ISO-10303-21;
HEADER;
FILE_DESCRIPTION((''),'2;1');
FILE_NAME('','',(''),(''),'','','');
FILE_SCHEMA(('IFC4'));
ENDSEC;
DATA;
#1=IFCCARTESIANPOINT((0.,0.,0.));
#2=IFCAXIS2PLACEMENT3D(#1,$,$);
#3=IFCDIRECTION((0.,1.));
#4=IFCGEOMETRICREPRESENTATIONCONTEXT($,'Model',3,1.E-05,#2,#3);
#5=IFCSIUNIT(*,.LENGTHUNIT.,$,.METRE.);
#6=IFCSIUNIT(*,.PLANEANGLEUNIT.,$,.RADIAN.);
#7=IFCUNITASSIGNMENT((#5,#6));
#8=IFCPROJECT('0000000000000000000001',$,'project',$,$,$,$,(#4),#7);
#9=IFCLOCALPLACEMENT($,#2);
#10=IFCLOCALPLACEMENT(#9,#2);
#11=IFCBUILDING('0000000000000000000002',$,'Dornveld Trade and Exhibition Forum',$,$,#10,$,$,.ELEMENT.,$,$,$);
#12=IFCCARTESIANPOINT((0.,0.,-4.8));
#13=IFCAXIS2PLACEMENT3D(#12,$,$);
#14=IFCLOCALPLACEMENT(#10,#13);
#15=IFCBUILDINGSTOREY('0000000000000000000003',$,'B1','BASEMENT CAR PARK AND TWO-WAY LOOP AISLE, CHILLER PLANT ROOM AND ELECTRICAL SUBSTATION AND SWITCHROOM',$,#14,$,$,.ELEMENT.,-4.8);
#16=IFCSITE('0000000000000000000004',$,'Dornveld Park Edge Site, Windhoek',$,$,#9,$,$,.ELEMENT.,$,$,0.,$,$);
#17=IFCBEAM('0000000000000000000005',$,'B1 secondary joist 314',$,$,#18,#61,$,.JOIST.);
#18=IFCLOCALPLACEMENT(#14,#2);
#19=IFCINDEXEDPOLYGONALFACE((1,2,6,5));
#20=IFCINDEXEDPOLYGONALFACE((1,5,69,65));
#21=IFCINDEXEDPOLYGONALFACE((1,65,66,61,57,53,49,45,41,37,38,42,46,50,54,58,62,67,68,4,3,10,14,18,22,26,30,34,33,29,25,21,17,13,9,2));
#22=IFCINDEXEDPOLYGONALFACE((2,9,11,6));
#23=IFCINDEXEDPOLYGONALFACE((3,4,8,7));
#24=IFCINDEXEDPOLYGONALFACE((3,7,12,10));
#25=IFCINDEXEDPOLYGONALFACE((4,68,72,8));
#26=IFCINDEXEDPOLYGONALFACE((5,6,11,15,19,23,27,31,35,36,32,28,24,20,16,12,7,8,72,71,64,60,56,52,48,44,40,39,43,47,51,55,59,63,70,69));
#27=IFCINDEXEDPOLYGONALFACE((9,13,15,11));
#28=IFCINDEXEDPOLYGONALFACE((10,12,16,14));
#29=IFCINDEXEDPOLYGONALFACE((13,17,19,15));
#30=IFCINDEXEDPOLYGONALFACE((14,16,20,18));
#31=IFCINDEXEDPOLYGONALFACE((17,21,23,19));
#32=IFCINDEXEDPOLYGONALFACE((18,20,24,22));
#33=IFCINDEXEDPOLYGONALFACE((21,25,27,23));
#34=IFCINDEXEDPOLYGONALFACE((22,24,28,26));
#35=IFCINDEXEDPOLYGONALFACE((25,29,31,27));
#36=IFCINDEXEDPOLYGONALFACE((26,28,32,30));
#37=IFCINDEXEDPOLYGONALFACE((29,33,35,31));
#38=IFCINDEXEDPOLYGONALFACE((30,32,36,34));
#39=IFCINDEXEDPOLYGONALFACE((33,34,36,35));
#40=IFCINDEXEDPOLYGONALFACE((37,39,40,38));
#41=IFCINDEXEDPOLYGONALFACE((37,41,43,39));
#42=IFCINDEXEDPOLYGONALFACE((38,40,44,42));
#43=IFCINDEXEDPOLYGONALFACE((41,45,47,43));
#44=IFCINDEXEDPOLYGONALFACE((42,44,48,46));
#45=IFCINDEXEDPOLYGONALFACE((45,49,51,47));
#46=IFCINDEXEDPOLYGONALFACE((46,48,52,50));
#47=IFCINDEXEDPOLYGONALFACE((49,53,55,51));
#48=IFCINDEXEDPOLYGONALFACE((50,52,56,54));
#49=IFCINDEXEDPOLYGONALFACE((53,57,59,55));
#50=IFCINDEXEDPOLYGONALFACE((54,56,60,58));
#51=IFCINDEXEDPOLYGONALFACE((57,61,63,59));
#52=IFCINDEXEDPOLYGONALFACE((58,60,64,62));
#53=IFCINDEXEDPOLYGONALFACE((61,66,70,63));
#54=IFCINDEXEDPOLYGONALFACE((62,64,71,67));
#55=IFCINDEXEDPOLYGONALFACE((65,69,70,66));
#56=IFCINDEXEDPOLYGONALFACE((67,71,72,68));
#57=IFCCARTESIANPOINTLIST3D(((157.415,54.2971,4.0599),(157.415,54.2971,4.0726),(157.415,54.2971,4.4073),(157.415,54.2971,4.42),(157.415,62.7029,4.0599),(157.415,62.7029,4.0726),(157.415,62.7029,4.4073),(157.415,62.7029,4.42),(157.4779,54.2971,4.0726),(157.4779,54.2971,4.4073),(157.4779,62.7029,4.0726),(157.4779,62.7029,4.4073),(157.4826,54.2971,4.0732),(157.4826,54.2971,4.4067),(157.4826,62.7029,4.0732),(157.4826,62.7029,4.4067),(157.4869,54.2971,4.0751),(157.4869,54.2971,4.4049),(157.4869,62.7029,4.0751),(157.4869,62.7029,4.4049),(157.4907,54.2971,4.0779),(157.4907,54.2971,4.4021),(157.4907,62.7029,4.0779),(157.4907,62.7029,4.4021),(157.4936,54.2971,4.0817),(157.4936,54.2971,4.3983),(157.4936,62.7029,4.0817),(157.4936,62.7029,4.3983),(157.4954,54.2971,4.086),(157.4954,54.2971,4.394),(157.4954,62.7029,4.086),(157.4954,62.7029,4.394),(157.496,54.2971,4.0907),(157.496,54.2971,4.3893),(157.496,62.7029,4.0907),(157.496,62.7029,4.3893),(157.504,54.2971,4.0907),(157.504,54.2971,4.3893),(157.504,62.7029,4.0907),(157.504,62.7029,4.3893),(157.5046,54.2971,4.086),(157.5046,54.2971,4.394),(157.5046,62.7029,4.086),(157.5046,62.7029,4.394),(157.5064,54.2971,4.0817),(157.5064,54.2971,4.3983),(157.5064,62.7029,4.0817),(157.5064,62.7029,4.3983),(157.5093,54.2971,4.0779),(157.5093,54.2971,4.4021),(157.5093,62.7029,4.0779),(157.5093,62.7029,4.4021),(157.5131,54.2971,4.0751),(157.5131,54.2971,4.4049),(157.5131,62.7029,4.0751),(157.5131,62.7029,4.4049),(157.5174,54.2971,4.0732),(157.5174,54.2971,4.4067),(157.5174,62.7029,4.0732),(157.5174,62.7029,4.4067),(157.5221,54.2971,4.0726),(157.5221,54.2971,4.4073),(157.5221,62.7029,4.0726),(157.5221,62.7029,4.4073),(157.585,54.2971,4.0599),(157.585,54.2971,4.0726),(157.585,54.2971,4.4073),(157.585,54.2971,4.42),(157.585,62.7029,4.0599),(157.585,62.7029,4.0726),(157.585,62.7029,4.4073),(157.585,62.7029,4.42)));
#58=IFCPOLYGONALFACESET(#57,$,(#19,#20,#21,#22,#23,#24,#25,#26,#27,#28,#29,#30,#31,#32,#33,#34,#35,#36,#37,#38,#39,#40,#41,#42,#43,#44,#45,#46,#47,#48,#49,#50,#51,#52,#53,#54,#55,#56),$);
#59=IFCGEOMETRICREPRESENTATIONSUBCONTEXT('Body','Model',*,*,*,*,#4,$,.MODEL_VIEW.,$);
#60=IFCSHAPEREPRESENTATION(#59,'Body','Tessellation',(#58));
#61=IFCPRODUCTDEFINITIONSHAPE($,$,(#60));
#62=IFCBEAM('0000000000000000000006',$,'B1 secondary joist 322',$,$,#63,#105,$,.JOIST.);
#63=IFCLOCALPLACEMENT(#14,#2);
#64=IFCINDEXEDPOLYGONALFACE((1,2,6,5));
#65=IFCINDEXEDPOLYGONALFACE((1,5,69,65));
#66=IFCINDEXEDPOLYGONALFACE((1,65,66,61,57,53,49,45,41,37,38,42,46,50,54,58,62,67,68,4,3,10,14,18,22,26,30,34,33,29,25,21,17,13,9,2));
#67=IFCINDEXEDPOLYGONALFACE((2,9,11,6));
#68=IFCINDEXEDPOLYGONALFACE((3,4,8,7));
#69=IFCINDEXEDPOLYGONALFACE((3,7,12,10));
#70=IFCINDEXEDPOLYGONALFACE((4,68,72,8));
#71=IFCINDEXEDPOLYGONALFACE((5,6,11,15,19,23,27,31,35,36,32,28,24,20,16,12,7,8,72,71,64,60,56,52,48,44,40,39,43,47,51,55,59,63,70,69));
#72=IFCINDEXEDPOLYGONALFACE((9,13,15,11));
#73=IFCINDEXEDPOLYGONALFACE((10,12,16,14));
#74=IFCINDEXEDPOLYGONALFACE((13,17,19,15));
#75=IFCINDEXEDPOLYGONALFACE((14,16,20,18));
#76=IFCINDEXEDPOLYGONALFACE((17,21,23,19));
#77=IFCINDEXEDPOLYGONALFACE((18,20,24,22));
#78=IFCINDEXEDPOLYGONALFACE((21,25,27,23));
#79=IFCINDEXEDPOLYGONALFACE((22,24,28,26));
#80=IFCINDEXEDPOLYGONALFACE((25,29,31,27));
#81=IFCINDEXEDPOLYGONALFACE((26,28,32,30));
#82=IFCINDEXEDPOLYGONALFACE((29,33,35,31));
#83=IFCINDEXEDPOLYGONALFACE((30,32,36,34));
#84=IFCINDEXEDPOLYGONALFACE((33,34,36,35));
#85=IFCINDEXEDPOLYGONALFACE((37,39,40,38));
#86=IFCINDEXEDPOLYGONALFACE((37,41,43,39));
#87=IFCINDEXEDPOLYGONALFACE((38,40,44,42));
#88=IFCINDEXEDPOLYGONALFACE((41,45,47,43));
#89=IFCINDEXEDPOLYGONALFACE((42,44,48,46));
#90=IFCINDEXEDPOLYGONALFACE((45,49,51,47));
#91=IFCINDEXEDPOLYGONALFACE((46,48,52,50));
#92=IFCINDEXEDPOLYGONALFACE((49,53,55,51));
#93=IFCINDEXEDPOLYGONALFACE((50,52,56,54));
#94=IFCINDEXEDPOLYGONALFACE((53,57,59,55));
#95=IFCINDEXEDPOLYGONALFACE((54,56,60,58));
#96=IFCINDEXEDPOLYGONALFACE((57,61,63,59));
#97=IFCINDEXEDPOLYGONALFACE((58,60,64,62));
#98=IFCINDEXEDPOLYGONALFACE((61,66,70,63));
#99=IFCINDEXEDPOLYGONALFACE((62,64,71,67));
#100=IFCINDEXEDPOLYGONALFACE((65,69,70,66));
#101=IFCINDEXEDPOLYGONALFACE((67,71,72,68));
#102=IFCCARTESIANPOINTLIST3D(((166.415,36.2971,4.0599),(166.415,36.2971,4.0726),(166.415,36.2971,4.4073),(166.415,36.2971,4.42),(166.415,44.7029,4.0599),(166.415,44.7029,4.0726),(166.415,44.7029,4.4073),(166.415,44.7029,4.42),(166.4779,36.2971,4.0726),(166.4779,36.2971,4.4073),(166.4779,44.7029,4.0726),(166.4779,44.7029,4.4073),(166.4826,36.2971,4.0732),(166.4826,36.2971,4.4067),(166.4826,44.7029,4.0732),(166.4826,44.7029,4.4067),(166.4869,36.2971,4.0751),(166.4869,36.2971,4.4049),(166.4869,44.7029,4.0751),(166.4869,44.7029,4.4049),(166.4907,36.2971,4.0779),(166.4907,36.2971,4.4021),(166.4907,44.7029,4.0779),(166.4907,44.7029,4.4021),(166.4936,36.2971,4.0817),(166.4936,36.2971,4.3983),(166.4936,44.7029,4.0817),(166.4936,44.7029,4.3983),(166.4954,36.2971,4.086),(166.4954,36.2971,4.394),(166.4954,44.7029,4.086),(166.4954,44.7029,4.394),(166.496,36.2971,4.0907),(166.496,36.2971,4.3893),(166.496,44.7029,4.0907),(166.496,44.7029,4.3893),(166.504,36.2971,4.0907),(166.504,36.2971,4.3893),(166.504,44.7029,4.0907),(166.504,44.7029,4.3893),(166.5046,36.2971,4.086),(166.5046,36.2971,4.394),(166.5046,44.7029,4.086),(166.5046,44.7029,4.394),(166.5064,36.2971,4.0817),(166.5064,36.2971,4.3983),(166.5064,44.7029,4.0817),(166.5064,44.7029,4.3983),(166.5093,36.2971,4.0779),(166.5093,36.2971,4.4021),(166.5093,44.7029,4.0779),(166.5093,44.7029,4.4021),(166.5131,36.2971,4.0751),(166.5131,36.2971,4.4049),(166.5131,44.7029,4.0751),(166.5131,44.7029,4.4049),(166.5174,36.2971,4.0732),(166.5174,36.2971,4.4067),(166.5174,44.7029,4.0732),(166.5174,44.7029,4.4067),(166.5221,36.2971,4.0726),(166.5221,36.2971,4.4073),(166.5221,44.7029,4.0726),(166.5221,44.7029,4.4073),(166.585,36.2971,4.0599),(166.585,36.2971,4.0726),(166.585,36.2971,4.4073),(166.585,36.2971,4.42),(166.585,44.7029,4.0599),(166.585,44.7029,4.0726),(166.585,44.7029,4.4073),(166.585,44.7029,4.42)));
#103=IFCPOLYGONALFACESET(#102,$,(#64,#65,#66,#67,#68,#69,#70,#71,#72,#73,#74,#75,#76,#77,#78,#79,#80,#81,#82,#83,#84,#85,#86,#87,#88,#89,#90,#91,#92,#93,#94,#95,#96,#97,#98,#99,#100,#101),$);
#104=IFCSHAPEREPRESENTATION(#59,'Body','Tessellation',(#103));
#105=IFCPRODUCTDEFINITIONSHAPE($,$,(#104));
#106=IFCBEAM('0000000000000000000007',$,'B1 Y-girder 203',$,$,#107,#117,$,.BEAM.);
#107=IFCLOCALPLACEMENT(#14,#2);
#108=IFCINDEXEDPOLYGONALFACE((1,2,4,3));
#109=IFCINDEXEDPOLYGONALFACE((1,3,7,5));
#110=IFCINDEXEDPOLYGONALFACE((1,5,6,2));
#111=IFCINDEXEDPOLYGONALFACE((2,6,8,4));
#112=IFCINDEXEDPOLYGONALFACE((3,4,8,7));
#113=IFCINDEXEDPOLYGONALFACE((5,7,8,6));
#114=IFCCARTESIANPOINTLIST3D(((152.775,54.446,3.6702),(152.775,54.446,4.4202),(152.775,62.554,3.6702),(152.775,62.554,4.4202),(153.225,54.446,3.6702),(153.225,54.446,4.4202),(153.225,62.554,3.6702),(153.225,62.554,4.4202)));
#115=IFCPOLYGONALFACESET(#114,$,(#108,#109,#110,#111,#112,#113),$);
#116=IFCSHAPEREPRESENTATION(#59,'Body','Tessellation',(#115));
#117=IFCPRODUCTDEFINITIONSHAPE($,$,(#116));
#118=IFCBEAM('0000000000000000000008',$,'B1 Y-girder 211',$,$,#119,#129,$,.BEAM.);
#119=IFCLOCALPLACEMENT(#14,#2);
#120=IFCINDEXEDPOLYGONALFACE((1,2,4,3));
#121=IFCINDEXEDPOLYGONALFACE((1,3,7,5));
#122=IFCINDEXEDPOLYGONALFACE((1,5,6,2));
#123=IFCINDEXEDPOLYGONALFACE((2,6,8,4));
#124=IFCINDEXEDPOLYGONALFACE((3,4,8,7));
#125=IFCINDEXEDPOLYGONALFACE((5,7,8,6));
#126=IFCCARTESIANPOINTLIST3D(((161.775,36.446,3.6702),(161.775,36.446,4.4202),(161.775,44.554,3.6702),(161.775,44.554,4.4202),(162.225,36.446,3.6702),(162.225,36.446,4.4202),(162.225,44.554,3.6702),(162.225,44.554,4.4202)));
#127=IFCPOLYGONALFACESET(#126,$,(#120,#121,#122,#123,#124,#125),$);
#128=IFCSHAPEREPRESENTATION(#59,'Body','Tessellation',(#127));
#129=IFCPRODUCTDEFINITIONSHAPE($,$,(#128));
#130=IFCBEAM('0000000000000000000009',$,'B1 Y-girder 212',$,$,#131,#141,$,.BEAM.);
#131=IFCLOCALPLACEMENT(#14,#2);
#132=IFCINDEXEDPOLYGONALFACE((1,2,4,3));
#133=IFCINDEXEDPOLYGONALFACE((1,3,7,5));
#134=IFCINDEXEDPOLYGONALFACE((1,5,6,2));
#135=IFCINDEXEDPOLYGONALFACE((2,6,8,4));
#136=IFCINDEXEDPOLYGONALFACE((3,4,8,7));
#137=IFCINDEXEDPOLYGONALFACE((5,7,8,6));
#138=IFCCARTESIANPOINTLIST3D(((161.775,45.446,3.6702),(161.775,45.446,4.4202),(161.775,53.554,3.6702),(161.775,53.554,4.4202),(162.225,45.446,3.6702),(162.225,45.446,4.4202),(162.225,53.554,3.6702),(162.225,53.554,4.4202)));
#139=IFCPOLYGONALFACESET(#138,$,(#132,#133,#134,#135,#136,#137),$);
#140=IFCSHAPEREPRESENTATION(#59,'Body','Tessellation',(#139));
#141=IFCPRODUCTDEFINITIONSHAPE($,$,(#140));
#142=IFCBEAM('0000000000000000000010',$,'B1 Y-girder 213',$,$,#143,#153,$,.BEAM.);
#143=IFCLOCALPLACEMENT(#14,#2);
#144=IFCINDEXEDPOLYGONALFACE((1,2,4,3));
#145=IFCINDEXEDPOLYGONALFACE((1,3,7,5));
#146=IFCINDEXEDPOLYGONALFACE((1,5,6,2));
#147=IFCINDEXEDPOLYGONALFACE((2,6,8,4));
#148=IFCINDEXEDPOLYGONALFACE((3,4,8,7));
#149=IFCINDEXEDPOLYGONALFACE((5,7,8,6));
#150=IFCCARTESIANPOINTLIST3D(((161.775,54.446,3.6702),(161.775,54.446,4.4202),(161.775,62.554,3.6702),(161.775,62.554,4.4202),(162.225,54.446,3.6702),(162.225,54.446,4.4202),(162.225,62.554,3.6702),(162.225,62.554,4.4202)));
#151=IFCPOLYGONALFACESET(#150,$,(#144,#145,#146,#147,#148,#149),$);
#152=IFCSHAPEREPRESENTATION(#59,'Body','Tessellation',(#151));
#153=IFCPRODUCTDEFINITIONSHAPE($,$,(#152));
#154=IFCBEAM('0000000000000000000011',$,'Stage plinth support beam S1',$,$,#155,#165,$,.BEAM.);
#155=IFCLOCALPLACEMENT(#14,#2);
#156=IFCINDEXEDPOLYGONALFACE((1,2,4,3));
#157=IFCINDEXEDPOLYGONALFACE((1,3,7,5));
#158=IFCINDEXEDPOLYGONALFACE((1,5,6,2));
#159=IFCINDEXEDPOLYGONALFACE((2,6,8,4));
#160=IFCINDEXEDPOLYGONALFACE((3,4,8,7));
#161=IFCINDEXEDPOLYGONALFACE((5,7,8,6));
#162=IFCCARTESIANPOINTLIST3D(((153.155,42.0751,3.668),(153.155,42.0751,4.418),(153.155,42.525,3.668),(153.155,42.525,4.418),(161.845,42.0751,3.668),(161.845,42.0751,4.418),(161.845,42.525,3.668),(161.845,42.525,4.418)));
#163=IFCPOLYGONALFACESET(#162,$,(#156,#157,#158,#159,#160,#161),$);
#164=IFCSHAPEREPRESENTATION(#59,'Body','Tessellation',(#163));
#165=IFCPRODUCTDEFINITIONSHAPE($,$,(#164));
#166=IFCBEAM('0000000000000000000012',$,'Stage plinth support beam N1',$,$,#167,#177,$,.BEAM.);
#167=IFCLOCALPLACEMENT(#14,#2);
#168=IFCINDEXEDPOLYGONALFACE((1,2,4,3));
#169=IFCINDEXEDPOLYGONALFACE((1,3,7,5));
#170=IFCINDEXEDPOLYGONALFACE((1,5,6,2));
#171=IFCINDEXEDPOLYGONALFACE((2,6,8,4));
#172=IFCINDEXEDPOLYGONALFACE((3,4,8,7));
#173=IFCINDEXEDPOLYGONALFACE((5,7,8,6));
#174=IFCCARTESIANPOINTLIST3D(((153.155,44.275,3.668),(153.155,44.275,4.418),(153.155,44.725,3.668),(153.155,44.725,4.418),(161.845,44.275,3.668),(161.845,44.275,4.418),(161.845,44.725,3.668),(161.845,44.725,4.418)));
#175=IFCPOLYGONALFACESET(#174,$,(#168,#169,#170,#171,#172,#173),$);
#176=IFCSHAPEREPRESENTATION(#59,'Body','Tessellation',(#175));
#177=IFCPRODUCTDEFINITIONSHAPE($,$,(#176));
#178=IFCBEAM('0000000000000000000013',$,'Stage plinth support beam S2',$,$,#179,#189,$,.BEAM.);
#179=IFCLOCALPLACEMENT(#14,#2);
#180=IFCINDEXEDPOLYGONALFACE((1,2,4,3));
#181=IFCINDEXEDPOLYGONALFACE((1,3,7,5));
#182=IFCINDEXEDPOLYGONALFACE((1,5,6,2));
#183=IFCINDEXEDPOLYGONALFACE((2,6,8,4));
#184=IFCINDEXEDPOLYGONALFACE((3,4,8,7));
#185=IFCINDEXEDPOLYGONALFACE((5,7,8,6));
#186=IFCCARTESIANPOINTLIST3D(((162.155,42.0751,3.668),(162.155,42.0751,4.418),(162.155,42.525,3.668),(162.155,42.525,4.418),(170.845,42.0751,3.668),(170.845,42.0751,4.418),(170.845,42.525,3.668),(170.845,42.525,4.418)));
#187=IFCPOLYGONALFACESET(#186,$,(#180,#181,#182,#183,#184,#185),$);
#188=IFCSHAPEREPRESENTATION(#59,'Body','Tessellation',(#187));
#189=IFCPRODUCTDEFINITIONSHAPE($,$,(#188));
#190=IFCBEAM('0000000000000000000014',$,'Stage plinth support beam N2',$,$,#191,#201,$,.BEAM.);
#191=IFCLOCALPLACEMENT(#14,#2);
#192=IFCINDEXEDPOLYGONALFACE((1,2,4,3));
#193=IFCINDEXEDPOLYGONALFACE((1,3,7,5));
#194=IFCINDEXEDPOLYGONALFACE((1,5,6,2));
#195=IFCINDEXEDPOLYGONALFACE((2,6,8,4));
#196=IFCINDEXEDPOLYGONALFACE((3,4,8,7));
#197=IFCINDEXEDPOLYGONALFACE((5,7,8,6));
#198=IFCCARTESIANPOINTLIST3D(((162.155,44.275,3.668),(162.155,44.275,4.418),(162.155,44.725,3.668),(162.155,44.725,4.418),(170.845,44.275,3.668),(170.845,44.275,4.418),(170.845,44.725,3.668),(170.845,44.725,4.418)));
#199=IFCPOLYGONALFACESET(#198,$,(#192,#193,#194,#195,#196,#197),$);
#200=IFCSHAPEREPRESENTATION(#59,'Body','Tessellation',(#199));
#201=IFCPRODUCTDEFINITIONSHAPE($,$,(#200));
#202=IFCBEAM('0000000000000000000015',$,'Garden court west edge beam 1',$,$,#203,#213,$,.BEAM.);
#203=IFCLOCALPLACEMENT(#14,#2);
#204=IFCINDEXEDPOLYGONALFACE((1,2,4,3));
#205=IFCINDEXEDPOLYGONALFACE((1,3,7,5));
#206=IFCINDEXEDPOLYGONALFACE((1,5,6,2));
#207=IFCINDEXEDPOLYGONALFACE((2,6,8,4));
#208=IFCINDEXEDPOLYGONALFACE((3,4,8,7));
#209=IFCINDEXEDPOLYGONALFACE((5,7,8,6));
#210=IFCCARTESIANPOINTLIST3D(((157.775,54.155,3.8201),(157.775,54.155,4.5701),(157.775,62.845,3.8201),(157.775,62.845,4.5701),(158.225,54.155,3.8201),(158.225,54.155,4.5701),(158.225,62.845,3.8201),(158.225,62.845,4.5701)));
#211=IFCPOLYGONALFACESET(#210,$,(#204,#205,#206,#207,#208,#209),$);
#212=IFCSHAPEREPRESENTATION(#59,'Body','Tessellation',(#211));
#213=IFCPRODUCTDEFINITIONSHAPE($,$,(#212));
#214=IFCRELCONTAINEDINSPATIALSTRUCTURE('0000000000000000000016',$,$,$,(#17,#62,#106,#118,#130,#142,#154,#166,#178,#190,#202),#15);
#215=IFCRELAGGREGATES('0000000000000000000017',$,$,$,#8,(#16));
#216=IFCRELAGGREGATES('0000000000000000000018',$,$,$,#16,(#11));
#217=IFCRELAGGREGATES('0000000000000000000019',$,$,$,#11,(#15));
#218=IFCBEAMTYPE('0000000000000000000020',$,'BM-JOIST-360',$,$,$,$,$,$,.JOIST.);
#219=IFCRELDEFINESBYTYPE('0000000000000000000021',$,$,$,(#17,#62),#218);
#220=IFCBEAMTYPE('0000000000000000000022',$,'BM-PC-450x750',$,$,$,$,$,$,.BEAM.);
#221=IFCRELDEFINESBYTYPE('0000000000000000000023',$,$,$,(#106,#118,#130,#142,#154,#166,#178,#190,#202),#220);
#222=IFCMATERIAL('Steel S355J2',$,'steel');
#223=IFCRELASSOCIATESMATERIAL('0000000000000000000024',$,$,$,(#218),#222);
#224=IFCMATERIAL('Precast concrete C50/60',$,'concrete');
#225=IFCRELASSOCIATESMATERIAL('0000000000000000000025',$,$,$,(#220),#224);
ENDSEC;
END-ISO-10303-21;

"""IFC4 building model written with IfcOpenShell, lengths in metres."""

from ifc_helpers import new_model, si_unit, direction, frame, origin, origin_2d, place, context, subcontext, project, spatial, rectangle, i_section, extrude, material, material_profile, profile_set, type_object, element, save


model = new_model("IFC4")

# Units and contexts
model_context = context("Model", 3, precision=1e-05, world=origin(), true_north=direction((0.0, 1.0)))
body_context = subcontext(model_context, "Body", "Model", "MODEL_VIEW")
ifc_project = project(units=[si_unit("LENGTHUNIT", "METRE"), si_unit("PLANEANGLEUNIT", "RADIAN")], contexts=[model_context])

# Site, building, storey
site_placement = place(None, origin())
site = spatial("IfcSite", under=ifc_project, at=site_placement, Name="Dornveld Park Edge Site, Windhoek", CompositionType="ELEMENT", RefElevation=0.0)
building_placement = place(site_placement, origin())
building = spatial("IfcBuilding", under=site, at=building_placement, Name="Dornveld Trade and Exhibition Forum", CompositionType="ELEMENT")
storey_placement = place(building_placement, frame((0.0, 0.0, -4.8)))
storey = spatial("IfcBuildingStorey", under=building, at=storey_placement, Name="B1", Description="BASEMENT CAR PARK AND TWO-WAY LOOP AISLE, CHILLER PLANT ROOM AND ELECTRICAL SUBSTATION AND SWITCHROOM", CompositionType="ELEMENT", Elevation=-4.8)

# Beams
ifc_material_1 = material(Name="Steel S355J2", Category="steel")
ifc_material_profile_1 = material_profile(ifc_material_1, i_section(OverallWidth=0.1699, OverallDepth=0.3601, WebThickness=0.0081, FlangeThickness=0.0127, FilletRadius=0.0181, at=origin_2d()), Name="IPE 360")
ifc_profile_set_1 = profile_set([ifc_material_profile_1], Name="Steel S355J2")
beam_type_1 = type_object("IfcBeamType", Name="BM-JOIST-360", PredefinedType="JOIST", material=ifc_profile_set_1)
for number, where, z_axis, x_axis, name in (
    (1, (157.5, 54.2971, 4.24), (0.0, 1.0, 0.0), (-1.0, 0.0, 0.0), "B1 secondary joist 314"),
    (2, (166.5, 36.2971, 4.24), (0.0, 1.0, 0.0), (-1.0, 0.0, 0.0), "B1 secondary joist 322"),
):
    element("IfcBeam", number, at=place(storey_placement, frame(where, z_axis=z_axis, x_axis=x_axis)), inside=storey, type_object=beam_type_1, Name=name, PredefinedType="JOIST", context=body_context, shape_type="SweptSolid", body=[
        extrude(i_section(OverallWidth=0.1699, OverallDepth=0.3601, WebThickness=0.0081, FlangeThickness=0.0127, FilletRadius=0.0181, at=origin_2d()), origin(), (0.0, 0.0, 1.0), 8.4058),
    ])
ifc_material_2 = material(Name="Precast concrete C50/60", Category="concrete")
ifc_material_profile_2 = material_profile(ifc_material_2, rectangle(XDim=0.45, YDim=0.75, at=origin_2d()), Name="PC-BM 450x750")
ifc_profile_set_2 = profile_set([ifc_material_profile_2], Name="Precast concrete C50/60")
beam_type_2 = type_object("IfcBeamType", Name="BM-PC-450x750", PredefinedType="BEAM", material=ifc_profile_set_2)
for number, where, z_axis, x_axis, name in (
    (3, (153.0, 54.446, 4.0452), (0.0, 1.0, 0.0), (-1.0, 0.0, 0.0), "B1 Y-girder 203"),
    (4, (162.0, 36.446, 4.0452), (0.0, 1.0, 0.0), (-1.0, 0.0, 0.0), "B1 Y-girder 211"),
    (5, (162.0, 45.446, 4.0452), (0.0, 1.0, 0.0), (-1.0, 0.0, 0.0), "B1 Y-girder 212"),
    (6, (162.0, 54.446, 4.0452), (0.0, 1.0, 0.0), (-1.0, 0.0, 0.0), "B1 Y-girder 213"),
):
    element("IfcBeam", number, at=place(storey_placement, frame(where, z_axis=z_axis, x_axis=x_axis)), inside=storey, type_object=beam_type_2, Name=name, PredefinedType="BEAM", context=body_context, shape_type="SweptSolid", body=[
        extrude(rectangle(XDim=0.45, YDim=0.75, at=origin_2d()), origin(), (0.0, 0.0, 1.0), 8.1079),
    ])
for number, where, z_axis, x_axis, name in (
    (7, (153.155, 42.3, 4.043), (1.0, 0.0, 0.0), (0.0, 1.0, 0.0), "Stage plinth support beam S1"),
    (8, (153.155, 44.5, 4.043), (1.0, 0.0, 0.0), (0.0, 1.0, 0.0), "Stage plinth support beam N1"),
    (9, (162.155, 42.3, 4.043), (1.0, 0.0, 0.0), (0.0, 1.0, 0.0), "Stage plinth support beam S2"),
    (10, (162.155, 44.5, 4.043), (1.0, 0.0, 0.0), (0.0, 1.0, 0.0), "Stage plinth support beam N2"),
    (11, (158.0, 54.155, 4.1951), (0.0, 1.0, 0.0), (-1.0, 0.0, 0.0), "Garden court west edge beam 1"),
):
    element("IfcBeam", number, at=place(storey_placement, frame(where, z_axis=z_axis, x_axis=x_axis)), inside=storey, type_object=beam_type_2, Name=name, PredefinedType="BEAM", context=body_context, shape_type="SweptSolid", body=[
        extrude(rectangle(XDim=0.45, YDim=0.75, at=origin_2d()), origin(), (0.0, 0.0, 1.0), 8.6899),
    ])

save(model, "model.ifc")
